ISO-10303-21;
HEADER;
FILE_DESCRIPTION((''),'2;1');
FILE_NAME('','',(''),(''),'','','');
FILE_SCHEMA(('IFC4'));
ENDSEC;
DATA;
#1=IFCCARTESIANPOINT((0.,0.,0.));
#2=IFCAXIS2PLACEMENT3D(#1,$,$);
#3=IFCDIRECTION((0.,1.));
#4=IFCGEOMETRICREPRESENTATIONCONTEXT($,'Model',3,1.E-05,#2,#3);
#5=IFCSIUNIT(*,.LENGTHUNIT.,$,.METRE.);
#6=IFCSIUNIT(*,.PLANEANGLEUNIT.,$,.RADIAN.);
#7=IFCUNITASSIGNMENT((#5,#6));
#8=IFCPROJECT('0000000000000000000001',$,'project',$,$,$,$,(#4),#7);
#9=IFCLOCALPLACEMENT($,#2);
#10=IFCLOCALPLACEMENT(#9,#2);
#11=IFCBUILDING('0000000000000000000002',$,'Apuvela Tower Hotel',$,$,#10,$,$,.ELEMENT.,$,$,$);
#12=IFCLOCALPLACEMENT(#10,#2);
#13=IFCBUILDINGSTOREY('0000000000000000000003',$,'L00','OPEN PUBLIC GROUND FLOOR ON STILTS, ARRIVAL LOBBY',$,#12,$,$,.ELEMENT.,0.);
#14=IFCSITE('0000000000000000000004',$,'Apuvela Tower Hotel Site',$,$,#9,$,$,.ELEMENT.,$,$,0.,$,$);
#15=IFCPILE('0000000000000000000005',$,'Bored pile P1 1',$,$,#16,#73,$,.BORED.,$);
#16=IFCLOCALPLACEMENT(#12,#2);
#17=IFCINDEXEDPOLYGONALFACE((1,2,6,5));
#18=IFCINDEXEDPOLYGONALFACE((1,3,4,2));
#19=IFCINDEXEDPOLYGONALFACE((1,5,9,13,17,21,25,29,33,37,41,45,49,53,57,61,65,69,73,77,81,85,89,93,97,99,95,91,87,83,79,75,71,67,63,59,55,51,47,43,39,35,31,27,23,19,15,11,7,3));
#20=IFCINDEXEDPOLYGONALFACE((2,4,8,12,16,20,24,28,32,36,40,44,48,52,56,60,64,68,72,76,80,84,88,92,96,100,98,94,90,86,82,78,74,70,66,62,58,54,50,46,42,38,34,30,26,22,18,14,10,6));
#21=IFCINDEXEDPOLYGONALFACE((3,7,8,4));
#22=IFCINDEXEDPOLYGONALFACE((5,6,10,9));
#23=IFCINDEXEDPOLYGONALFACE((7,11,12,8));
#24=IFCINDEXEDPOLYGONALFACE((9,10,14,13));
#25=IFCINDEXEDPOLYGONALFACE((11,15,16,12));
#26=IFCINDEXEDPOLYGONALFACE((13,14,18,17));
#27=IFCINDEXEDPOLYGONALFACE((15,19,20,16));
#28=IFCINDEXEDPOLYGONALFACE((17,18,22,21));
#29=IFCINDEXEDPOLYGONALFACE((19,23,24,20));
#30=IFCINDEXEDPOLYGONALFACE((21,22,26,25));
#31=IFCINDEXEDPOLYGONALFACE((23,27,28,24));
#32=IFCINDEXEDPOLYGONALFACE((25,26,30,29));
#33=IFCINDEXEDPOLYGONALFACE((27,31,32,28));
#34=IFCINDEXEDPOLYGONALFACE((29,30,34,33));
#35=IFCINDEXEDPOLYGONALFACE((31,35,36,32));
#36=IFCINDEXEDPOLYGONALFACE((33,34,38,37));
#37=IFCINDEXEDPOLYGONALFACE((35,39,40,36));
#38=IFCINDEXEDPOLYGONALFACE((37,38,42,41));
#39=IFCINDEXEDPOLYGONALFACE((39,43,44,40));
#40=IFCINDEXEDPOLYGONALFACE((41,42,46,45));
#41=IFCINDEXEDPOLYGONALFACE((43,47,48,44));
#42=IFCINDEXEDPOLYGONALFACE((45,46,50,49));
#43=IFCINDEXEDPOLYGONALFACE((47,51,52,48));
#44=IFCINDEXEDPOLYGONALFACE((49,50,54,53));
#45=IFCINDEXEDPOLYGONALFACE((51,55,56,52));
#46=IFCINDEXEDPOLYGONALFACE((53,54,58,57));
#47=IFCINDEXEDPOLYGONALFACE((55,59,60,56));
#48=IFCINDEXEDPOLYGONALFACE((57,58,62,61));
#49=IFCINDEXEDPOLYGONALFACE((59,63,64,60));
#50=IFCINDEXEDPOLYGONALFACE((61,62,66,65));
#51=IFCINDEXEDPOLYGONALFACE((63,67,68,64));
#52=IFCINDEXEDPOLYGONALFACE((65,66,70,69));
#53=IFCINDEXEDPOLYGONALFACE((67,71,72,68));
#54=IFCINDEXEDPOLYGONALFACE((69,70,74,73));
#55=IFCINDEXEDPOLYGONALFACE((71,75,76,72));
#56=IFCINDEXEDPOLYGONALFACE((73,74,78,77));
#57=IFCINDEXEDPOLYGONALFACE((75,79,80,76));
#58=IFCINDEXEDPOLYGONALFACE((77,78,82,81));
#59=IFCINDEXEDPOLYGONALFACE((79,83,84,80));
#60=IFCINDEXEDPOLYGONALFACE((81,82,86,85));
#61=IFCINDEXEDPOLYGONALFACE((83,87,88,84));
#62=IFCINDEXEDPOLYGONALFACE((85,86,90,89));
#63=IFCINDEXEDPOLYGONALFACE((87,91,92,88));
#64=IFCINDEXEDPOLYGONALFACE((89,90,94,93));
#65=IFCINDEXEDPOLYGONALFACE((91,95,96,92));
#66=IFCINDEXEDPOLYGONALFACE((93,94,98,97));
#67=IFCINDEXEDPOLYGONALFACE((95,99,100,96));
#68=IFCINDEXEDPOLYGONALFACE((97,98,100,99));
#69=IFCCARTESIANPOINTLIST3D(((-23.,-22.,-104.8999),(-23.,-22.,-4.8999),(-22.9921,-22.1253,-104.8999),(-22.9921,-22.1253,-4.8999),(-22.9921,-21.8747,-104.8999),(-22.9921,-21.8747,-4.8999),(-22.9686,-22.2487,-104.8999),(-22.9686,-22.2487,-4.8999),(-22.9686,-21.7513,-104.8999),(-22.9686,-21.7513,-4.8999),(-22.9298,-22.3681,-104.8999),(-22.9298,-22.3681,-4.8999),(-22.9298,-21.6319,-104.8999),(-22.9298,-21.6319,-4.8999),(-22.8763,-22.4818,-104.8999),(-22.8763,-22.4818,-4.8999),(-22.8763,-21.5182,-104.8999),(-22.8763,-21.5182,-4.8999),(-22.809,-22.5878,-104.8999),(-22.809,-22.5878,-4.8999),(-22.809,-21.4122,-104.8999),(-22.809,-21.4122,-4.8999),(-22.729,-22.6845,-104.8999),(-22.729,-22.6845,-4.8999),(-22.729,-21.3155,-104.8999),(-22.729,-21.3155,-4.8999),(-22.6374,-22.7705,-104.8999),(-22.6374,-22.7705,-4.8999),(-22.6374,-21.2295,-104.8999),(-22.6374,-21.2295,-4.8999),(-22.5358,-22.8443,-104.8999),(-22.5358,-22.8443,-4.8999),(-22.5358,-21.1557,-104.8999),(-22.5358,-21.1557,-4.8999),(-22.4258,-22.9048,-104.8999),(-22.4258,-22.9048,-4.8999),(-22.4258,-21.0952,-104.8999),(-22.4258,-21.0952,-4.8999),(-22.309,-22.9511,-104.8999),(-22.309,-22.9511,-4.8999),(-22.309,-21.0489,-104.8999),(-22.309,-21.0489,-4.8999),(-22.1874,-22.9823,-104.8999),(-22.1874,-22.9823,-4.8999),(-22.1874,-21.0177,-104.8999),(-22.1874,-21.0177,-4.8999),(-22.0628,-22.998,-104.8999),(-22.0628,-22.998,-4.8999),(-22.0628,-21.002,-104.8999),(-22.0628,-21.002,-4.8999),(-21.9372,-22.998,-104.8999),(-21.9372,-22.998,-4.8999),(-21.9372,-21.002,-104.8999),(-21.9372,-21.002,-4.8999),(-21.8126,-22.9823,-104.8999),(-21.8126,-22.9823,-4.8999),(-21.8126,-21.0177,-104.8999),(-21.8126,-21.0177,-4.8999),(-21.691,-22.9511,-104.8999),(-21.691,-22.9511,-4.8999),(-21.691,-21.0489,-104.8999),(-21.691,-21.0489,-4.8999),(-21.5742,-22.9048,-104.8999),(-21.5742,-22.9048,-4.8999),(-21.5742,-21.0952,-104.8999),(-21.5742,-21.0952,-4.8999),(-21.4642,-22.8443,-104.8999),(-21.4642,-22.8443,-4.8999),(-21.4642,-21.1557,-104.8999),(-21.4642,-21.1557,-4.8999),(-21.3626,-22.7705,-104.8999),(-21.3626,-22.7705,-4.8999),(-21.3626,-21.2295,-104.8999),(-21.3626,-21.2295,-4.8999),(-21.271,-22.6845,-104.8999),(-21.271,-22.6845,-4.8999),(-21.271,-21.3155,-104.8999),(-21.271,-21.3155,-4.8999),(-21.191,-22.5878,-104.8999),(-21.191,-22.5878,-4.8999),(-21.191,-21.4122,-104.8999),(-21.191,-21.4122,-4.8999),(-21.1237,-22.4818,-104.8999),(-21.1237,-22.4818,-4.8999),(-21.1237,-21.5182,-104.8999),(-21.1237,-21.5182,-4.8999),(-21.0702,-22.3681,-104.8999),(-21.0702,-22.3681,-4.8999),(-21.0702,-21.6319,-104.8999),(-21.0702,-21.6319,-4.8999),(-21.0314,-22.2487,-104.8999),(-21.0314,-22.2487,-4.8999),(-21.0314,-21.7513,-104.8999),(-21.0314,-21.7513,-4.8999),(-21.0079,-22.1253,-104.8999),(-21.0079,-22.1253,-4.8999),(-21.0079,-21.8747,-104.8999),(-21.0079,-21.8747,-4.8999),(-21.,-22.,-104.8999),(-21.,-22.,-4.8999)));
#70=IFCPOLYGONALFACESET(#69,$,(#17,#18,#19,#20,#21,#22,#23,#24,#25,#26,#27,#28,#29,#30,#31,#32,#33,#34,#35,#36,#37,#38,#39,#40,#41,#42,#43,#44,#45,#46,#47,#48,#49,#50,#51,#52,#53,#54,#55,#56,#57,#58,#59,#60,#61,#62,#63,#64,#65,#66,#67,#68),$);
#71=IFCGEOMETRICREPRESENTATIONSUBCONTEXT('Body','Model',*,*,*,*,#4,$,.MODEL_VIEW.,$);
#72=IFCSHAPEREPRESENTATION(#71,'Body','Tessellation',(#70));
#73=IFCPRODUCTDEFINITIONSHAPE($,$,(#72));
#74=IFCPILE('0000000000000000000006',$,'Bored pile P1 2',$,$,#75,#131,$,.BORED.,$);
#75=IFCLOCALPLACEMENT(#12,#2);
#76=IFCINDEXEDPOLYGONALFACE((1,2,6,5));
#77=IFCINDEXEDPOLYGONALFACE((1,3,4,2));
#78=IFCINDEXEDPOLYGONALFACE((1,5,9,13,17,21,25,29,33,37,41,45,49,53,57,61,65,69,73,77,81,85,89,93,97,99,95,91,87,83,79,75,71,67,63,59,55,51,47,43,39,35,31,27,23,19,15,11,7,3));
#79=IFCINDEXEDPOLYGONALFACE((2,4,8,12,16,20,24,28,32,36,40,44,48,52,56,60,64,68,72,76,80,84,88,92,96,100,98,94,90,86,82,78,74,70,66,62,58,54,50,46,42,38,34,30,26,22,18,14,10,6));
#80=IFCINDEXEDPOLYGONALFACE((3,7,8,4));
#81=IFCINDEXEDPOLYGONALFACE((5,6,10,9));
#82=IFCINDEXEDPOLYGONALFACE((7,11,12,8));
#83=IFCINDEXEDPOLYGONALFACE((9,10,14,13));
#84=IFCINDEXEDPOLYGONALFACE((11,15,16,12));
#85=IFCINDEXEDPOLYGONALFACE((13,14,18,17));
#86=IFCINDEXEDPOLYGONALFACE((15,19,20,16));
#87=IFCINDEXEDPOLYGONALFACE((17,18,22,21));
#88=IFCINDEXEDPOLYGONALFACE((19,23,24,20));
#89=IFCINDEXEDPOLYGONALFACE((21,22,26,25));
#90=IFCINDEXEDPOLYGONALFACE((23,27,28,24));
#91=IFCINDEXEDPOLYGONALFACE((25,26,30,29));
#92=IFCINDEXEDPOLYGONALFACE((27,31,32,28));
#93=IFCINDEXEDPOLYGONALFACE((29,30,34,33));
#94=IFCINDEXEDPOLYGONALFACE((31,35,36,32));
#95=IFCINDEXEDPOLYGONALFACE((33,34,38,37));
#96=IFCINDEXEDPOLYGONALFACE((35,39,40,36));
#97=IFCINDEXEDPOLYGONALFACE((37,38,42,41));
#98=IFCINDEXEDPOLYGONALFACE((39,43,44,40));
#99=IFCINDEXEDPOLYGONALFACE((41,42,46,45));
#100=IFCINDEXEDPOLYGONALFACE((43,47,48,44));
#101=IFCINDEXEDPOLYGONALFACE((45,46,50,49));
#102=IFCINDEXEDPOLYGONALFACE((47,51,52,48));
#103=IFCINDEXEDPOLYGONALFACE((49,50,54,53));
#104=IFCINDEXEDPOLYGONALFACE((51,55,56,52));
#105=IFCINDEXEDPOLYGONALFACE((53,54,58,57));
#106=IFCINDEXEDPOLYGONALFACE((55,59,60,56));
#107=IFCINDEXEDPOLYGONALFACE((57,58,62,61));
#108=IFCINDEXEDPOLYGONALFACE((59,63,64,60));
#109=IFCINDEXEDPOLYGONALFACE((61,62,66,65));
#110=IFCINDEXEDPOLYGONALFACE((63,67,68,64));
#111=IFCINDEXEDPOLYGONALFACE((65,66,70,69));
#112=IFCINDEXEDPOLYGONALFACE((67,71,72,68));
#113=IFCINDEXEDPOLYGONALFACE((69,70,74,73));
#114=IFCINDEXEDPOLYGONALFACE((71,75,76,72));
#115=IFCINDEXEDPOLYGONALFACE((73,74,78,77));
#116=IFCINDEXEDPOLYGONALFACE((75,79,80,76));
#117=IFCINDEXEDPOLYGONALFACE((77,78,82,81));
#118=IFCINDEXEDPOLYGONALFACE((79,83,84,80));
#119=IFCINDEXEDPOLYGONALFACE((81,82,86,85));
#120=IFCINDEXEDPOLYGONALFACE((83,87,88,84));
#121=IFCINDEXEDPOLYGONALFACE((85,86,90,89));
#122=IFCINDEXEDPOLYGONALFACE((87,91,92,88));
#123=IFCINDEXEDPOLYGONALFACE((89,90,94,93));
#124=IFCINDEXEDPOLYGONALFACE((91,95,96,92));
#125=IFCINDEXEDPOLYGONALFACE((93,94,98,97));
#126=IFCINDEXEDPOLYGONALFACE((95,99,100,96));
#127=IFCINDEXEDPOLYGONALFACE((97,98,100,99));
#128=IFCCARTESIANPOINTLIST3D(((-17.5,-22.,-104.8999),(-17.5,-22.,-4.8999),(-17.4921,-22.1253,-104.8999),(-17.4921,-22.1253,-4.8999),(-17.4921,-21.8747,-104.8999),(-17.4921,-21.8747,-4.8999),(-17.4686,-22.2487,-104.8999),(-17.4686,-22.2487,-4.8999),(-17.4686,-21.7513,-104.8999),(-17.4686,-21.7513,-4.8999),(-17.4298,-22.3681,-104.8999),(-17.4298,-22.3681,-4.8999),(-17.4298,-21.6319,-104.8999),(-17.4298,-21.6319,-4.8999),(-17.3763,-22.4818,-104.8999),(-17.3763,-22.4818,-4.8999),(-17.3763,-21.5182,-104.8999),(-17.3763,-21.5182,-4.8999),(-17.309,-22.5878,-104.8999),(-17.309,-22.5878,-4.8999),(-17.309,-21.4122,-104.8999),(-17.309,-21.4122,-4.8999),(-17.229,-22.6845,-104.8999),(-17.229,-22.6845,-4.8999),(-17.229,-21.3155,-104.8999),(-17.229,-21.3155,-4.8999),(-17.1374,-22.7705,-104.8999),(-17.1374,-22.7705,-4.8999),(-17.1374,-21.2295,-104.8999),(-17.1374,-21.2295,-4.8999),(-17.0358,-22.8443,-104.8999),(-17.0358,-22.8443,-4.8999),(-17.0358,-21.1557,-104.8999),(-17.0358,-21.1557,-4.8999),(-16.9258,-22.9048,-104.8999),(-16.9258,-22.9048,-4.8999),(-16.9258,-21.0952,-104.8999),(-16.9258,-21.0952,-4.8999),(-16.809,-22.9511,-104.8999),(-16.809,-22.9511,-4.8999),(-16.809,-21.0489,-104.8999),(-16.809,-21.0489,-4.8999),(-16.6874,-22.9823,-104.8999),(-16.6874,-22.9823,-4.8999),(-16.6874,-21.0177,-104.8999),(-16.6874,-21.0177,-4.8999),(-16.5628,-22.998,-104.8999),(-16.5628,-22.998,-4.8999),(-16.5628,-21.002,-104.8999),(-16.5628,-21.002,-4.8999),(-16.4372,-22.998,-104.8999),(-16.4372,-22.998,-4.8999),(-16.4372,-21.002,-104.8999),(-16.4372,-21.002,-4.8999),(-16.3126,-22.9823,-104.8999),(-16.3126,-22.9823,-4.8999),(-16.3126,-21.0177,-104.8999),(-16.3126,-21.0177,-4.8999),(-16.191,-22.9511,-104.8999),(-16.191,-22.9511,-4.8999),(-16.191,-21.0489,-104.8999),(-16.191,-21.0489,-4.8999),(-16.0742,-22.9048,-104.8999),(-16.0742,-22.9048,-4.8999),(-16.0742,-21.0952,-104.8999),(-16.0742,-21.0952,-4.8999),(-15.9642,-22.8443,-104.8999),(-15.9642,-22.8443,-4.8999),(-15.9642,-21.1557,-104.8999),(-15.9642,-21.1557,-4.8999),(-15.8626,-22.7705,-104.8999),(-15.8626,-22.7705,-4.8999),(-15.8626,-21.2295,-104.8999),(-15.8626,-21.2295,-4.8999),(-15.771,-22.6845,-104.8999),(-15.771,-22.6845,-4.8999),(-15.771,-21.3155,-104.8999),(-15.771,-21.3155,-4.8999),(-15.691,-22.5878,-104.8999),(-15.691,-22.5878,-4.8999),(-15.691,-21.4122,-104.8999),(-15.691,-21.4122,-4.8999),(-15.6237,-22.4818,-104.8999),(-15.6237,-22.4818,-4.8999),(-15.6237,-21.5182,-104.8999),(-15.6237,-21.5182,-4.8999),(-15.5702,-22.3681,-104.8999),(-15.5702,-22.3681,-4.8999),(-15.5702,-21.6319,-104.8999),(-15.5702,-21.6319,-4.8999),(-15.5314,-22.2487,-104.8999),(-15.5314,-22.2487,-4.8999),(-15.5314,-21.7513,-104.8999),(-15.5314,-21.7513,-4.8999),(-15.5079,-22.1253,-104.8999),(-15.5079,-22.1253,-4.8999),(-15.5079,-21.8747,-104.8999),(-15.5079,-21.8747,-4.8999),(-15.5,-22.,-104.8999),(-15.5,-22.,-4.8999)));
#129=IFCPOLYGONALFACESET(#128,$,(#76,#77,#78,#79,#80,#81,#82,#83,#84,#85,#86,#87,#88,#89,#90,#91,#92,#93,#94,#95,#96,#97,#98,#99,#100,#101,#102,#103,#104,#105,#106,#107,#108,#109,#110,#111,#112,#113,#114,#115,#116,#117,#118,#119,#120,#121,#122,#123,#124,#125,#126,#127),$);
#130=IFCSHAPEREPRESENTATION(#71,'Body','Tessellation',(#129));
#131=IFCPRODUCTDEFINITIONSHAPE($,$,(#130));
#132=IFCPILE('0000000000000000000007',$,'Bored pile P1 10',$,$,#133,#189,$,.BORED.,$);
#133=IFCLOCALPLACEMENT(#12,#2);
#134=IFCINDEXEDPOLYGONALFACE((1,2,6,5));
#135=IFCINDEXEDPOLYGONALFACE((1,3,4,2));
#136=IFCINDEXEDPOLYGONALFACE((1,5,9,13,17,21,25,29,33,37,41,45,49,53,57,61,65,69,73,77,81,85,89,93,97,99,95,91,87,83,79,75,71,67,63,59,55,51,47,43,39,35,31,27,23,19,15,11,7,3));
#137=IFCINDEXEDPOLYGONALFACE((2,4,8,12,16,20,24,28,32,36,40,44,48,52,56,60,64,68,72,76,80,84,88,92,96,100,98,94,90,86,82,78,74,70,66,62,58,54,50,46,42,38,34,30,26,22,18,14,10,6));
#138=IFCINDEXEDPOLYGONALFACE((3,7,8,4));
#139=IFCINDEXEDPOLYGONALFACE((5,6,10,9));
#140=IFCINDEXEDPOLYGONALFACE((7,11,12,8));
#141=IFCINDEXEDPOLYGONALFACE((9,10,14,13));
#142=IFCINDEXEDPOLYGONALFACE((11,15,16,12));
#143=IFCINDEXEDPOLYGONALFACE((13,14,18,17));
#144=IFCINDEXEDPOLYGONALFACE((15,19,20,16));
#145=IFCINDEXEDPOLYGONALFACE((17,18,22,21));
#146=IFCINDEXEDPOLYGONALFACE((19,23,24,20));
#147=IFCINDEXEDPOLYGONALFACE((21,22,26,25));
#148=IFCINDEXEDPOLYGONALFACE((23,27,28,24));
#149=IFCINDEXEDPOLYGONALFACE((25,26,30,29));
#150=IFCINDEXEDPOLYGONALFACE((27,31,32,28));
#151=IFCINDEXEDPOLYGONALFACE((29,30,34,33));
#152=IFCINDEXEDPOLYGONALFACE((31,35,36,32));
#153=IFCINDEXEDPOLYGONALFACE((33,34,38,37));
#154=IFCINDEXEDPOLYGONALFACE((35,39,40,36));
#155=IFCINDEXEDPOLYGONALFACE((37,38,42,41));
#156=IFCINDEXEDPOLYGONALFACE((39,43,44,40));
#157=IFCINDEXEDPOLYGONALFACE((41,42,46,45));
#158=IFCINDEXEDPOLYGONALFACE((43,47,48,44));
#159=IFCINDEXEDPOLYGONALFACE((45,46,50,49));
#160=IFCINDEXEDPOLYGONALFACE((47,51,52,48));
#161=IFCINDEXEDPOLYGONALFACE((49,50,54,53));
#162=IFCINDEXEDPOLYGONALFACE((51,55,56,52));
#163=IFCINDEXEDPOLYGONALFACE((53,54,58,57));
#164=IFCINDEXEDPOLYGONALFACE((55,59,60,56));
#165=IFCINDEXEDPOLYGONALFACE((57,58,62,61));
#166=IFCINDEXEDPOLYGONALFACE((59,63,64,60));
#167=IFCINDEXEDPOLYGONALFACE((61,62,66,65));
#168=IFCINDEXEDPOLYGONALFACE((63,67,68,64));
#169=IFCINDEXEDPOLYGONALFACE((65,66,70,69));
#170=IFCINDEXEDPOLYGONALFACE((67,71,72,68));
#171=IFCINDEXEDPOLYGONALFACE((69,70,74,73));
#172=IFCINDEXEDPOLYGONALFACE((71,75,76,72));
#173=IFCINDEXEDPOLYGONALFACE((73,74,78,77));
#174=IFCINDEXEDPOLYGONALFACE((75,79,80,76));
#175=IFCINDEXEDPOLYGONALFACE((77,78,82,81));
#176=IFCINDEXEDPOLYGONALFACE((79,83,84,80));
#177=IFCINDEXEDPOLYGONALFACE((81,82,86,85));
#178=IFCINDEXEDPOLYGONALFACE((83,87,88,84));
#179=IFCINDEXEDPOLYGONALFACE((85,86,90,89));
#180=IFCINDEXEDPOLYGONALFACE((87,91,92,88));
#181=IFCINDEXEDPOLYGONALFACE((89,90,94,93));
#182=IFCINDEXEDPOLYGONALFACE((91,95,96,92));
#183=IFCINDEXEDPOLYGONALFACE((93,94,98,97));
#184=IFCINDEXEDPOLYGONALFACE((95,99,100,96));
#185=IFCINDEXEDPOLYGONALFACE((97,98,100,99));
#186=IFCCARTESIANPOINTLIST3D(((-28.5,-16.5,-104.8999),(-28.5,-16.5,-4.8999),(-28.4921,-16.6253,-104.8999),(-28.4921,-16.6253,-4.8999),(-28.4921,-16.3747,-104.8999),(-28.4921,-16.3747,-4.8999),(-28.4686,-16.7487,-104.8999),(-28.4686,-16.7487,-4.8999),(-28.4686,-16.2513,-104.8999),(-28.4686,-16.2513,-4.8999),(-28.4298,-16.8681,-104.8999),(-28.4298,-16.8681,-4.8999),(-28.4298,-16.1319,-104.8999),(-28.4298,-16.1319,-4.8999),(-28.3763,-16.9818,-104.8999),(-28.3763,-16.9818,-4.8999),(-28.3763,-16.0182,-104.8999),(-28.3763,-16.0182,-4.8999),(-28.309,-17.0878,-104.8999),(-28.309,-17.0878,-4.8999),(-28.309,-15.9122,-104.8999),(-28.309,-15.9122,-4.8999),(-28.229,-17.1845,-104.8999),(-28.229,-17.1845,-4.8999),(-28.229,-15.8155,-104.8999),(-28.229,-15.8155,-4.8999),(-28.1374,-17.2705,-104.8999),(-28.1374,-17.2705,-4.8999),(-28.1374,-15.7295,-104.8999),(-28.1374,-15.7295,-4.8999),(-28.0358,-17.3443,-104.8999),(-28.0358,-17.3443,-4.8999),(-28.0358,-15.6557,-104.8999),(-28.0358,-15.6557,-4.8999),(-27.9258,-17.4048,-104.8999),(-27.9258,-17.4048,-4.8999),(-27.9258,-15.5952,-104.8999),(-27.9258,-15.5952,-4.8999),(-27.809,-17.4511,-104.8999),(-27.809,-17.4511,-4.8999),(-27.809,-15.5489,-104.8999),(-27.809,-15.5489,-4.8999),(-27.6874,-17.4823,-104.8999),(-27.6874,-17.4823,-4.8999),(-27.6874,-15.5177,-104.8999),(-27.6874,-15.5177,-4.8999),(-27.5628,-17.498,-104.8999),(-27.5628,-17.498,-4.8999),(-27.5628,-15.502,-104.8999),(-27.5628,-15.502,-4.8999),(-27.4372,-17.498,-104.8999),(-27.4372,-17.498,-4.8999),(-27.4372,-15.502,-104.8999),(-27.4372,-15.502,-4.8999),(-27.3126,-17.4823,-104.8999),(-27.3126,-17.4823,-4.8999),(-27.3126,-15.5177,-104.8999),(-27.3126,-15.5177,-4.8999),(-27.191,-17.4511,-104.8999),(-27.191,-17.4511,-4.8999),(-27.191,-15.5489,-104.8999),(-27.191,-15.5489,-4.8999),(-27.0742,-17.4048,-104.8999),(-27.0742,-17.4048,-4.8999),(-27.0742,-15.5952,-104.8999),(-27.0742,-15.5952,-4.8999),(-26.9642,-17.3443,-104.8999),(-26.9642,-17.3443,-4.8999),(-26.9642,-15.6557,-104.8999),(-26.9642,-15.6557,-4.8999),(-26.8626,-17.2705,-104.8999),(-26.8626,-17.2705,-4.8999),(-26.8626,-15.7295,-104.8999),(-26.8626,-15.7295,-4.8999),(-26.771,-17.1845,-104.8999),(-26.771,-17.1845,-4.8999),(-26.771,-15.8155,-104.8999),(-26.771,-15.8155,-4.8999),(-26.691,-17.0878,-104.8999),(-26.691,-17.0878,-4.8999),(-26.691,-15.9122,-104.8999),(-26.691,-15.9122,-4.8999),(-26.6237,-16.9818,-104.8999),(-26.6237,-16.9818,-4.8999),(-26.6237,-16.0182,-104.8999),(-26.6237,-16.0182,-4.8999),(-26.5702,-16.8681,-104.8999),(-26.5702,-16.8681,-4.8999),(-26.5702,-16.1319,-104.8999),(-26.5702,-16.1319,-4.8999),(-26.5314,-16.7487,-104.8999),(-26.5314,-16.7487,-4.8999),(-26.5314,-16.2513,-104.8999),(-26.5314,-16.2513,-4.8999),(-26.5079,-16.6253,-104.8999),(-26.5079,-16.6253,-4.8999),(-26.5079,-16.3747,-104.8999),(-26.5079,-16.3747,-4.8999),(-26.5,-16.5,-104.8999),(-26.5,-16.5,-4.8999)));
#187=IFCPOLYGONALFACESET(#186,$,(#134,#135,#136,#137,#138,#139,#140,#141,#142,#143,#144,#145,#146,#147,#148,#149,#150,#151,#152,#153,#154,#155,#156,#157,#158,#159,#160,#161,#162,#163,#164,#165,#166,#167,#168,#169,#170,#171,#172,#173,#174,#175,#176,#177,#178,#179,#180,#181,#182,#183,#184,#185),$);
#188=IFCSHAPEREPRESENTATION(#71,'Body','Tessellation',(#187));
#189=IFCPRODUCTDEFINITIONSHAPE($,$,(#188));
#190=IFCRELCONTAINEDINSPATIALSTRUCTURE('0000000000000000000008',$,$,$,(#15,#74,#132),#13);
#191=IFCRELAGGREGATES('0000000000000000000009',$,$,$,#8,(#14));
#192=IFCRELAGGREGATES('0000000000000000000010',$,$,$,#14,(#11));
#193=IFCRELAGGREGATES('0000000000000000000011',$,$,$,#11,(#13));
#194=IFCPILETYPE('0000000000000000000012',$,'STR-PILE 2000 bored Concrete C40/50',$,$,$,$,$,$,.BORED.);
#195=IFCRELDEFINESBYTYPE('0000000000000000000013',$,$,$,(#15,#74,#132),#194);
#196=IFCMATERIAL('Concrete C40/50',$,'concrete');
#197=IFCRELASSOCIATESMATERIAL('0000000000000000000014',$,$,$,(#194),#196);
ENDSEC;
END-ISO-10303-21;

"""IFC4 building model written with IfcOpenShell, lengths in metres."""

from ifc_helpers import new_model, si_unit, direction, frame, origin, origin_2d, place, context, subcontext, project, spatial, circle, extrude, material, material_profile, profile_set, type_object, element, save


model = new_model("IFC4")

# Units and contexts
model_context = context("Model", 3, precision=1e-05, world=origin(), true_north=direction((0.0, 1.0)))
body_context = subcontext(model_context, "Body", "Model", "MODEL_VIEW")
ifc_project = project(units=[si_unit("LENGTHUNIT", "METRE"), si_unit("PLANEANGLEUNIT", "RADIAN")], contexts=[model_context])

# Site, building, storey
site_placement = place(None, origin())
site = spatial("IfcSite", under=ifc_project, at=site_placement, Name="Apuvela Tower Hotel Site", CompositionType="ELEMENT", RefElevation=0.0)
building_placement = place(site_placement, origin())
building = spatial("IfcBuilding", under=site, at=building_placement, Name="Apuvela Tower Hotel", CompositionType="ELEMENT")
storey_placement = place(building_placement, origin())
storey = spatial("IfcBuildingStorey", under=building, at=storey_placement, Name="L00", Description="OPEN PUBLIC GROUND FLOOR ON STILTS, ARRIVAL LOBBY", CompositionType="ELEMENT", Elevation=0.0)

# Piles
ifc_material_1 = material(Name="Concrete C40/50", Category="concrete")
ifc_material_profile_1 = material_profile(ifc_material_1, circle(Radius=1.0, at=origin_2d()), Name="PILE 2000")
ifc_profile_set_1 = profile_set([ifc_material_profile_1], Name="Concrete C40/50")
pile_type = type_object("IfcPileType", Name="STR-PILE 2000 bored Concrete C40/50", PredefinedType="BORED", material=ifc_profile_set_1)
for number, where, z_axis, x_axis, name in (
    (1, (-22.0, -22.0, -4.8999), (0.0, 0.0, -1.0), (1.0, 0.0, 0.0), "Bored pile P1 1"),
    (2, (-16.5, -22.0, -4.8999), (0.0, 0.0, -1.0), (1.0, 0.0, 0.0), "Bored pile P1 2"),
    (3, (-27.5, -16.5, -4.8999), (0.0, 0.0, -1.0), (1.0, 0.0, 0.0), "Bored pile P1 10"),
):
    element("IfcPile", number, at=place(storey_placement, frame(where, z_axis=z_axis, x_axis=x_axis)), inside=storey, type_object=pile_type, Name=name, PredefinedType="BORED", context=body_context, shape_type="SweptSolid", body=[
        extrude(circle(Radius=1.0, at=origin_2d()), origin(), (0.0, 0.0, 1.0), 100.0),
    ])

save(model, "model.ifc")
